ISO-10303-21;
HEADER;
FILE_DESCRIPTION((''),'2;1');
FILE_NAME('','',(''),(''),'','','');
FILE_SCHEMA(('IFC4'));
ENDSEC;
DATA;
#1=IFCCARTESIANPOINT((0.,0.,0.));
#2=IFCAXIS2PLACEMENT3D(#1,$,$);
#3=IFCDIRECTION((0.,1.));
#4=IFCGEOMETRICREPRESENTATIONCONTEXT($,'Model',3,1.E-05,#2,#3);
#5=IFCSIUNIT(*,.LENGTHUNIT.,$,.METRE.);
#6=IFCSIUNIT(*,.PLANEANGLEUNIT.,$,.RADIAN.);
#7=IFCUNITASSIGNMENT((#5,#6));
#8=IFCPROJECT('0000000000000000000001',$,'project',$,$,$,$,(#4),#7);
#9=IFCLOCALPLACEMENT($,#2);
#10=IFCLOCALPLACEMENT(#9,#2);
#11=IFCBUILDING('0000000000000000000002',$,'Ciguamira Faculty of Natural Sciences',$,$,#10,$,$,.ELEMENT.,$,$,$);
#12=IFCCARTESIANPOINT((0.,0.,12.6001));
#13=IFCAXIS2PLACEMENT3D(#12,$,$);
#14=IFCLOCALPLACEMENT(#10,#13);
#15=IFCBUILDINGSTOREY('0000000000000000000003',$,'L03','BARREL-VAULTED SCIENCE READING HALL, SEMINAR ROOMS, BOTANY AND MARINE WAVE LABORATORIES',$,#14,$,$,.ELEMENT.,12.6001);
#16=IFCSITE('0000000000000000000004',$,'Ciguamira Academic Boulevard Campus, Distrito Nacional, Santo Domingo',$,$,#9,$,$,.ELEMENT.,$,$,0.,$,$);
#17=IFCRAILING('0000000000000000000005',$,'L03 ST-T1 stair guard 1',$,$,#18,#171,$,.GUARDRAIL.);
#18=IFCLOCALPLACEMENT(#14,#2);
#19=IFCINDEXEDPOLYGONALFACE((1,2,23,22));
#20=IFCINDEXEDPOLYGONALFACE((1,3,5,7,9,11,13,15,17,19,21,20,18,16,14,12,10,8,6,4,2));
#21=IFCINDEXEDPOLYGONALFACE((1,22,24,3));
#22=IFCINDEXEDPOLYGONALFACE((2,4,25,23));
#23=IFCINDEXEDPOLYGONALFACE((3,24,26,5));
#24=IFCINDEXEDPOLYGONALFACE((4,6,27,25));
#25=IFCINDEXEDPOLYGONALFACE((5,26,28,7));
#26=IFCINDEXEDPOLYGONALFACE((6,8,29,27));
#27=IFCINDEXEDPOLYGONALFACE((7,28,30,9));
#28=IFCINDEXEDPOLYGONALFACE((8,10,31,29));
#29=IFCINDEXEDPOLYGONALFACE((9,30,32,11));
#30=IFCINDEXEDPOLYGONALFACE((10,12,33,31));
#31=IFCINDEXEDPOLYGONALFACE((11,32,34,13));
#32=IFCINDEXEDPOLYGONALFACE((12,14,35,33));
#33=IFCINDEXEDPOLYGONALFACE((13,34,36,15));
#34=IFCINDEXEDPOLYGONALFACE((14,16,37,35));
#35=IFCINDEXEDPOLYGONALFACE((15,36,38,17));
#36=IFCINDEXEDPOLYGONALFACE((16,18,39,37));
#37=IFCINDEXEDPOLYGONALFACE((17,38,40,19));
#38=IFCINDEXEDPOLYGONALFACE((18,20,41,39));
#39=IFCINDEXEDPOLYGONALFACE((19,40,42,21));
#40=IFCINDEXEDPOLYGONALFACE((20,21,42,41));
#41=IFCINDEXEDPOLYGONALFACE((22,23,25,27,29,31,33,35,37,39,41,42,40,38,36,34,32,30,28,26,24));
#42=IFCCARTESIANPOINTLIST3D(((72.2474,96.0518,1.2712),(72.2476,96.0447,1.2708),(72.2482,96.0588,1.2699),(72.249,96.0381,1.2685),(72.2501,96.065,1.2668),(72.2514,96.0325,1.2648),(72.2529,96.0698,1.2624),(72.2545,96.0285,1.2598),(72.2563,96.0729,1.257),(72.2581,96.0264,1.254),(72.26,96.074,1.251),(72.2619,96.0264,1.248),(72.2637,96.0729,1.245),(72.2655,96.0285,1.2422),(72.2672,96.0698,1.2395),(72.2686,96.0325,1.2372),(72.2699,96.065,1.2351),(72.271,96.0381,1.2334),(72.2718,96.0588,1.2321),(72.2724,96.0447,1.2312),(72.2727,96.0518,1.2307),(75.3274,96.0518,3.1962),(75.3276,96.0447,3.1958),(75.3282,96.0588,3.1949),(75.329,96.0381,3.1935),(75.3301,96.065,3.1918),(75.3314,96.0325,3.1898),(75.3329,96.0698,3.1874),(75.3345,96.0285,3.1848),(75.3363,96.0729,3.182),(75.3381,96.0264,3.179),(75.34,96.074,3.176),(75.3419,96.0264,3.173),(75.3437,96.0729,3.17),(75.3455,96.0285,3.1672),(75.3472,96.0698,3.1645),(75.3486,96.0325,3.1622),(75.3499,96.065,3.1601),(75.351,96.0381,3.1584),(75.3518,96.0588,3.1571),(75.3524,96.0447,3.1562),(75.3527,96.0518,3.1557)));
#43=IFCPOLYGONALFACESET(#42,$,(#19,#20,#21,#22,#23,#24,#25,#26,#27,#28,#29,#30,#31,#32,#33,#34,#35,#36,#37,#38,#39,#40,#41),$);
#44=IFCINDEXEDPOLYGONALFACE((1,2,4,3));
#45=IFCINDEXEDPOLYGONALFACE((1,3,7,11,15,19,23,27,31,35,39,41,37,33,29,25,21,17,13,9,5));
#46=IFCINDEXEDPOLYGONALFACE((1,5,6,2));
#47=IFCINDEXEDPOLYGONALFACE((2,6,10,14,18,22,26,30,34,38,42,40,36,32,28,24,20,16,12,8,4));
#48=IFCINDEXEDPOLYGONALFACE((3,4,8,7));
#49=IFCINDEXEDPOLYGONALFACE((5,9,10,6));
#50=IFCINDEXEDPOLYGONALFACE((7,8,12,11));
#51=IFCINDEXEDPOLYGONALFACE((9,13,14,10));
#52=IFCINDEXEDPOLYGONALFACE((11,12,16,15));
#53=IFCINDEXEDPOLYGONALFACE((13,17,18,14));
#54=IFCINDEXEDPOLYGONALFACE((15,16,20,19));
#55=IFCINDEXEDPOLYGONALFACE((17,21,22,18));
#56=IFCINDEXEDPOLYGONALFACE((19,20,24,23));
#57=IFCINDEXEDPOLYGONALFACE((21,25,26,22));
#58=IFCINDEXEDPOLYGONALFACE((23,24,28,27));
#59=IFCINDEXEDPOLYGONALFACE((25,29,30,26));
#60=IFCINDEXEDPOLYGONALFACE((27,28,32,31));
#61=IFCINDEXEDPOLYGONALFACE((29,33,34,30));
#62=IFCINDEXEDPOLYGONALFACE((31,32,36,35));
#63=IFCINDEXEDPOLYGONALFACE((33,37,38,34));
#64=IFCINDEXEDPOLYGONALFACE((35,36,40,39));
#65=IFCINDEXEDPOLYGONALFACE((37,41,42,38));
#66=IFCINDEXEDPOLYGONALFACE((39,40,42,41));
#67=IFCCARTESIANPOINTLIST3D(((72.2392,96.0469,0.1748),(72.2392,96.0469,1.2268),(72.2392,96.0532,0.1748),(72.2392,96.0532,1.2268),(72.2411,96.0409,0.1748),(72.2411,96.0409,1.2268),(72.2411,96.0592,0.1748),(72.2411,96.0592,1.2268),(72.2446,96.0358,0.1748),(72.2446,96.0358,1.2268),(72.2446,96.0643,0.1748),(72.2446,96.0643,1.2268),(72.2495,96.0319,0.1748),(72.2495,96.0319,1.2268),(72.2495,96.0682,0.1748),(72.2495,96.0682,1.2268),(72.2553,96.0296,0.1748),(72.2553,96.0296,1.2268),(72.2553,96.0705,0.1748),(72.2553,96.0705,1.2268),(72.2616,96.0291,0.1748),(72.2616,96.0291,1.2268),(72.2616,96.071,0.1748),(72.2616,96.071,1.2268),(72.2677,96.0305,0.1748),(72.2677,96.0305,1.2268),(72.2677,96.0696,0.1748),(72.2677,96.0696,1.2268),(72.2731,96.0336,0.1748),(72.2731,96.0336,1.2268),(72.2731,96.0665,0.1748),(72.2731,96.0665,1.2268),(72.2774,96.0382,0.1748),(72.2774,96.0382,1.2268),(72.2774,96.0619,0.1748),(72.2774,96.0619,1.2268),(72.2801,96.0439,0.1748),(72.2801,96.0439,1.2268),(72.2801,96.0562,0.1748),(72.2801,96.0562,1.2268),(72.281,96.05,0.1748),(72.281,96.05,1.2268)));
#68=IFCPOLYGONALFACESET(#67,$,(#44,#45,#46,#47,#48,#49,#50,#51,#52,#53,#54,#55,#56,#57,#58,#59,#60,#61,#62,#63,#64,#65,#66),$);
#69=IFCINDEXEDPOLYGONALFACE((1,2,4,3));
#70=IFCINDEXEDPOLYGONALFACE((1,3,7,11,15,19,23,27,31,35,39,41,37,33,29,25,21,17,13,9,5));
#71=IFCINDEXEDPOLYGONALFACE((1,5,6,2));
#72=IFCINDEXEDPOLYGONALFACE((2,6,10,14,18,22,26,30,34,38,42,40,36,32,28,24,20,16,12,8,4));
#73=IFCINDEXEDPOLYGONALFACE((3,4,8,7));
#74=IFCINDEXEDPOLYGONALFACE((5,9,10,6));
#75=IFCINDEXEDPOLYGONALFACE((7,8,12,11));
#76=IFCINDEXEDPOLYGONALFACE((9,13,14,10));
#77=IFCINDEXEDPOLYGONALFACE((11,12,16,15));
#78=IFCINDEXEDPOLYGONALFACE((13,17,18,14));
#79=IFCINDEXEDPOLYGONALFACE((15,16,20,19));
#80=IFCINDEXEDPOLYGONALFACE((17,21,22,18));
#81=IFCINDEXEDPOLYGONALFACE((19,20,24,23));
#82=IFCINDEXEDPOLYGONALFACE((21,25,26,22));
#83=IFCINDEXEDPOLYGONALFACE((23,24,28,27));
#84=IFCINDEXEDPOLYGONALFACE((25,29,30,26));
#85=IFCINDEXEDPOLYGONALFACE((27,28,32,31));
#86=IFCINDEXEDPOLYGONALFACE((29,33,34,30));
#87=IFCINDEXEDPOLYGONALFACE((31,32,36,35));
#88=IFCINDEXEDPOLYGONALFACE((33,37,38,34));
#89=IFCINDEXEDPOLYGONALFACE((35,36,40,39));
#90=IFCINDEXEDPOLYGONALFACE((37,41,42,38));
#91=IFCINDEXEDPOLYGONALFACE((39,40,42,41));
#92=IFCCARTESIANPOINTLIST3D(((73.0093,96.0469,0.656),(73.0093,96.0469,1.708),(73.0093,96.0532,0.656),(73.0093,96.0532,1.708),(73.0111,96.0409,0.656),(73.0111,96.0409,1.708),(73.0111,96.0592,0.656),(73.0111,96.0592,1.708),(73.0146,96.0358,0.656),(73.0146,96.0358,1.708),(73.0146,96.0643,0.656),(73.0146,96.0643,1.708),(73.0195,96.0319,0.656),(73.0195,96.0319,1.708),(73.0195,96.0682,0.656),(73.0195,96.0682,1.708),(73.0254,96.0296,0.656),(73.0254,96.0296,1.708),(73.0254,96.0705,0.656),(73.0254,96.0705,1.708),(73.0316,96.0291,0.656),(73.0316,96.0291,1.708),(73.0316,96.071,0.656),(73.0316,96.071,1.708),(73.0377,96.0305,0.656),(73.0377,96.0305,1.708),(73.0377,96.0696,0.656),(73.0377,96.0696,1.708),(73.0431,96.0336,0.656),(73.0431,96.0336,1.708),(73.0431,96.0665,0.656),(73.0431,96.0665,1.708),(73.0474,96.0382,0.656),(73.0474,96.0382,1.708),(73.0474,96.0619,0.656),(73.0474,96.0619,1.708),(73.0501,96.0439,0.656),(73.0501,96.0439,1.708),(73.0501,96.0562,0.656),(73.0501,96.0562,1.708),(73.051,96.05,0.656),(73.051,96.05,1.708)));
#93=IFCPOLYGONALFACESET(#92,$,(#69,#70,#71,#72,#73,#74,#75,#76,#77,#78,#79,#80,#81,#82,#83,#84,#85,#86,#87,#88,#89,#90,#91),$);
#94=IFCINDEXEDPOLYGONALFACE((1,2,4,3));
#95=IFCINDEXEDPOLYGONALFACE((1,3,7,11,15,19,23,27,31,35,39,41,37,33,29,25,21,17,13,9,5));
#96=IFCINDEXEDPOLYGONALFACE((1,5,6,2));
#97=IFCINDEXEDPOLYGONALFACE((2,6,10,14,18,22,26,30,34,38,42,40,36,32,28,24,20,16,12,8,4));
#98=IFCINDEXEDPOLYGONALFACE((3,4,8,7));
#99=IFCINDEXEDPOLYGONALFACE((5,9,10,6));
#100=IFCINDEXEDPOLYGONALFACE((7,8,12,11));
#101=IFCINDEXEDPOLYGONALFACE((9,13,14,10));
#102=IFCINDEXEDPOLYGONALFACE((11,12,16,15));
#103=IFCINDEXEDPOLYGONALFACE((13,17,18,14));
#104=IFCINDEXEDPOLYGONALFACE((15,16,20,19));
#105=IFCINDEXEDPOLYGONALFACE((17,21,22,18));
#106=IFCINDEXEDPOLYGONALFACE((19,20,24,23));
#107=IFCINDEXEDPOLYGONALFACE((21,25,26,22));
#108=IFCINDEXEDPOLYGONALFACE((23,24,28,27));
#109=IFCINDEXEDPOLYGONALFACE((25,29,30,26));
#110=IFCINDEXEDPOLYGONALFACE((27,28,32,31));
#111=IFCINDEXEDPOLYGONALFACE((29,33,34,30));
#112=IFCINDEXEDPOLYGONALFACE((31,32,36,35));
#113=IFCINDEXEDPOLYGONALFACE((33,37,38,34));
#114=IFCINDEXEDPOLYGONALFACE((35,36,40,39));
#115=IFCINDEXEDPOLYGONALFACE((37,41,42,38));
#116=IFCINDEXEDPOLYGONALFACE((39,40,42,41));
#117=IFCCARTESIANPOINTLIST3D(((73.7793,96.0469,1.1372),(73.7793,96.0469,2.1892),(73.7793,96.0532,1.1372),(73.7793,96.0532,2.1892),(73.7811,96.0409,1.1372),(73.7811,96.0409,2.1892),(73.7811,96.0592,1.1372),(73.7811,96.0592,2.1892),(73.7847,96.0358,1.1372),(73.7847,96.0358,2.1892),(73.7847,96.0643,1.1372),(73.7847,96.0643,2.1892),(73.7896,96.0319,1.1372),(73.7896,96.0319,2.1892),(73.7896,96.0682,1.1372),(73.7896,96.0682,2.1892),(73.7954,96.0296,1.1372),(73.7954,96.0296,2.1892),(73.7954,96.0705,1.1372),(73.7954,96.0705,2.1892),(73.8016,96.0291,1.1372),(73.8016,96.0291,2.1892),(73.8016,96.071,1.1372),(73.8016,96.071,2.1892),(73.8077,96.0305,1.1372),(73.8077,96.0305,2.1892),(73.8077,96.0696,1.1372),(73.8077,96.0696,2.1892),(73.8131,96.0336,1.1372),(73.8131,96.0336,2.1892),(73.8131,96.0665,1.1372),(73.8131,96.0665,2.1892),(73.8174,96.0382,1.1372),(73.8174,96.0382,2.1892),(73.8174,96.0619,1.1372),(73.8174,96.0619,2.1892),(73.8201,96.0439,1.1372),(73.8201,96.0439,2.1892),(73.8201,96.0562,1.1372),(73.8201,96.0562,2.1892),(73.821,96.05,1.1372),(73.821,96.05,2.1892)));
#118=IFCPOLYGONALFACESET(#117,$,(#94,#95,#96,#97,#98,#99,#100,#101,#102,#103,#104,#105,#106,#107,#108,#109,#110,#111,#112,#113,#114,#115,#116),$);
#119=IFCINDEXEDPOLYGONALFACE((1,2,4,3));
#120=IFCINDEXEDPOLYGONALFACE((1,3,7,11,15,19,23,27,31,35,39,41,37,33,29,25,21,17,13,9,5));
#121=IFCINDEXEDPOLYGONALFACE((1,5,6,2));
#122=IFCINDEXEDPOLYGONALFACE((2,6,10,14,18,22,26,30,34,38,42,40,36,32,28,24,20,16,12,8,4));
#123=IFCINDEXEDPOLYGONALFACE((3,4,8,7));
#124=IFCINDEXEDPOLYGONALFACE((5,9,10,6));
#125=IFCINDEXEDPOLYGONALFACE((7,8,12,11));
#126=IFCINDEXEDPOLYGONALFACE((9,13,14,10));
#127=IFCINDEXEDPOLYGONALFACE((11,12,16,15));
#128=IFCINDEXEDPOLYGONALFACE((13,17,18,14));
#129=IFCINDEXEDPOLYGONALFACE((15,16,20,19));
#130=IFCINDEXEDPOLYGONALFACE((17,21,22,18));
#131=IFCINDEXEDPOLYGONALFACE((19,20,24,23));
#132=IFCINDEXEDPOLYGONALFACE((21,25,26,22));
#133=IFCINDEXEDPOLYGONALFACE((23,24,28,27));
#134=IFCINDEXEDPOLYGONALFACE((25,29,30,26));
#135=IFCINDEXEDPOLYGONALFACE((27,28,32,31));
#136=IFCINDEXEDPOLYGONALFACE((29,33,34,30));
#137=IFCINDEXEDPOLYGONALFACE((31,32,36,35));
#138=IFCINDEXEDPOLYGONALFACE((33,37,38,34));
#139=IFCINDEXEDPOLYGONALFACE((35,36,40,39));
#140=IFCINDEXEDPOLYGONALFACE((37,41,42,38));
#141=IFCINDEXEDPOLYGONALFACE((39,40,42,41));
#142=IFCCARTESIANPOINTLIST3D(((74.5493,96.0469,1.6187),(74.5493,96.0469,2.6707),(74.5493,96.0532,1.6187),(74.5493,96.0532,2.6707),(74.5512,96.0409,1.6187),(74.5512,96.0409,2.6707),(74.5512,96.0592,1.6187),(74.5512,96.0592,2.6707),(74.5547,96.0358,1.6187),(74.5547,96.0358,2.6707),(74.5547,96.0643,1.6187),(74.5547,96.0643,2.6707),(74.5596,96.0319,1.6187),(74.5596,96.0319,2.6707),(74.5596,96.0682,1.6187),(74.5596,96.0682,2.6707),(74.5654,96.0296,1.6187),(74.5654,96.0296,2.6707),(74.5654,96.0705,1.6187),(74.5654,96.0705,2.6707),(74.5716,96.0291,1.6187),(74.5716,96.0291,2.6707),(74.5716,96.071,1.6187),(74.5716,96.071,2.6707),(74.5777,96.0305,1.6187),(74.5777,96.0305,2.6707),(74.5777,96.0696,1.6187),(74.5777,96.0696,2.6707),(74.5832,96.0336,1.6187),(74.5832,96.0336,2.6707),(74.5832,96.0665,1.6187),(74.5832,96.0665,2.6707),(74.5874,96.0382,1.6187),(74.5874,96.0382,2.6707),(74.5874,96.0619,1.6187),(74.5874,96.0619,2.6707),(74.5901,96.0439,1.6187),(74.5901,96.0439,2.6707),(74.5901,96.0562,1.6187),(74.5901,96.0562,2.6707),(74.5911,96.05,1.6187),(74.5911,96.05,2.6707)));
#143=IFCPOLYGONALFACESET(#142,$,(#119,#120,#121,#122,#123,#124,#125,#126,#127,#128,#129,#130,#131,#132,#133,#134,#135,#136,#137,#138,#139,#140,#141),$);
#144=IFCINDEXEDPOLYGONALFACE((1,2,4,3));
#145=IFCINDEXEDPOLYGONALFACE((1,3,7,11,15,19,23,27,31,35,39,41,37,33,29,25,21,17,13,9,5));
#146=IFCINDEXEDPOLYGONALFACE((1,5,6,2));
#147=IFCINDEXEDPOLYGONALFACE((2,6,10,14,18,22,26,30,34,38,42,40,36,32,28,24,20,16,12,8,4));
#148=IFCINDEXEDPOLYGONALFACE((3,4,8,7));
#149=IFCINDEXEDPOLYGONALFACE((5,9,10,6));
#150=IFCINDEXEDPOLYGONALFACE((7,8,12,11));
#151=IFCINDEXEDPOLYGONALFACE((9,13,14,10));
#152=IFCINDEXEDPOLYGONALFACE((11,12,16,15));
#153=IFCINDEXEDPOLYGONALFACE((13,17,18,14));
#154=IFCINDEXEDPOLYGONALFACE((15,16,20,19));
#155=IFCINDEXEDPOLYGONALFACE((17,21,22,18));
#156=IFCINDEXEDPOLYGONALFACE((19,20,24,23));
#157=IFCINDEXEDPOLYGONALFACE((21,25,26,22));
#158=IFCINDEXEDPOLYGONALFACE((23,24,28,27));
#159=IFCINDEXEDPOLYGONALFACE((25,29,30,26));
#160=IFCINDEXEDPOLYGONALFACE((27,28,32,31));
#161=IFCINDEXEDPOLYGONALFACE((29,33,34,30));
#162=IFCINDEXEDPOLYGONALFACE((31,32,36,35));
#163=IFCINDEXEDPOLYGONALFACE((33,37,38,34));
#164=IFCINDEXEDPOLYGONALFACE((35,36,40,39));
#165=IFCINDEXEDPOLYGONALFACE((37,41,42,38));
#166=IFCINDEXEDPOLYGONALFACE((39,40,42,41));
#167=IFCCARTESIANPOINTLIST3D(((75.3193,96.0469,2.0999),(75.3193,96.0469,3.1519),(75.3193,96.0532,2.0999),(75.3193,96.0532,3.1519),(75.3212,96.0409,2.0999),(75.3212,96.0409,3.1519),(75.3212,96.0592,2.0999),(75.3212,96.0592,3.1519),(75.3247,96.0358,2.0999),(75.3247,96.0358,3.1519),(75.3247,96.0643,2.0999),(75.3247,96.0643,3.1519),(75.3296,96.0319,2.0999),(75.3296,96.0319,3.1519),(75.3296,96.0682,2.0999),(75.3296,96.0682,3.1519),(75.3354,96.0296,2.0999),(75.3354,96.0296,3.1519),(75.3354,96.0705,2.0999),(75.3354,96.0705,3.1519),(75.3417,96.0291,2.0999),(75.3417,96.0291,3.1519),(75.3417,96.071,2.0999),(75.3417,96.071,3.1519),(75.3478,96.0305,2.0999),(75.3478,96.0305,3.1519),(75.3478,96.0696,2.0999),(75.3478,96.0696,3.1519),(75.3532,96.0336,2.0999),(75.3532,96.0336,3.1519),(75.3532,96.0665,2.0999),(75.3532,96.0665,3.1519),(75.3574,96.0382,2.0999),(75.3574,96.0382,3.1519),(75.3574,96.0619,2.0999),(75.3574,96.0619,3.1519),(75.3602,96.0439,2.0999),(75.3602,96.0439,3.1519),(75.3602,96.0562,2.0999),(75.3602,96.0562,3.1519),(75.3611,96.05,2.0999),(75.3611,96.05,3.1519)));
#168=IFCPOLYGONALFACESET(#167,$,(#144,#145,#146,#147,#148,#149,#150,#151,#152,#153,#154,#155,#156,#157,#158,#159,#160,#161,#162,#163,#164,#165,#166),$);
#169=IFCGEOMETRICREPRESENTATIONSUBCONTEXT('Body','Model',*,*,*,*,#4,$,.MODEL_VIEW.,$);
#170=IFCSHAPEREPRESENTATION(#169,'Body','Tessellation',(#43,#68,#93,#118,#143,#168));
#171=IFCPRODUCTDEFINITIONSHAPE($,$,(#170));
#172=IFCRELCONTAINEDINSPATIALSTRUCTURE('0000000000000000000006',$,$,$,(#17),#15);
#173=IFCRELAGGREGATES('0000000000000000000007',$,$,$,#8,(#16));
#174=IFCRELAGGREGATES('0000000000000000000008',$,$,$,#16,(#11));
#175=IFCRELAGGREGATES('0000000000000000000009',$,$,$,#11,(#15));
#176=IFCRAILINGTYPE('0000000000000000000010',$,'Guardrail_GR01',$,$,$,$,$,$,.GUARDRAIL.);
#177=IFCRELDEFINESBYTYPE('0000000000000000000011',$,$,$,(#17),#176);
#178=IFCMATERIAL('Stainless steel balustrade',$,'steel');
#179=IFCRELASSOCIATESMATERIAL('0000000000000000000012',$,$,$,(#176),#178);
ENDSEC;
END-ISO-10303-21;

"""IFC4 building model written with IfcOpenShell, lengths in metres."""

from ifc_helpers import new_model, si_unit, direction, frame, origin, origin_2d, place, context, subcontext, project, spatial, circle, extrude, material, type_object, element, save


model = new_model("IFC4")

# Units and contexts
model_context = context("Model", 3, precision=1e-05, world=origin(), true_north=direction((0.0, 1.0)))
body_context = subcontext(model_context, "Body", "Model", "MODEL_VIEW")
ifc_project = project(units=[si_unit("LENGTHUNIT", "METRE"), si_unit("PLANEANGLEUNIT", "RADIAN")], contexts=[model_context])

# Site, building, storey
site_placement = place(None, origin())
site = spatial("IfcSite", under=ifc_project, at=site_placement, Name="Ciguamira Academic Boulevard Campus, Distrito Nacional, Santo Domingo", CompositionType="ELEMENT", RefElevation=0.0)
building_placement = place(site_placement, origin())
building = spatial("IfcBuilding", under=site, at=building_placement, Name="Ciguamira Faculty of Natural Sciences", CompositionType="ELEMENT")
storey_placement = place(building_placement, frame((0.0, 0.0, 12.6001)))
storey = spatial("IfcBuildingStorey", under=building, at=storey_placement, Name="L03", Description="BARREL-VAULTED SCIENCE READING HALL, SEMINAR ROOMS, BOTANY AND MARINE WAVE LABORATORIES", CompositionType="ELEMENT", Elevation=12.6001)

# Railing
ifc_material_1 = material(Name="Stainless steel balustrade", Category="steel")
railing_type_1 = type_object("IfcRailingType", Name="Guardrail_GR01", PredefinedType="GUARDRAIL", material=ifc_material_1)
railing_1_placement = place(storey_placement, frame((72.26, 96.05, 0.1748)))
element("IfcRailing", 1, at=railing_1_placement, inside=storey, type_object=railing_type_1, Name="L03 ST-T1 stair guard 1", PredefinedType="GUARDRAIL", context=body_context, shape_type="SweptSolid", body=[
    extrude(circle(Radius=0.0239, at=origin_2d()), frame((0.0, 0.0, 1.0762), z_axis=(0.847998, 0.0, 0.529999), x_axis=(0.0, 1.0, 0.0)), (0.0, 0.0, 1.0), 3.6321),
    extrude(circle(Radius=0.021, at=origin_2d()), origin(), (0.0, 0.0, 1.0), 1.052),
    extrude(circle(Radius=0.021, at=origin_2d()), frame((0.77, 0.0, 0.4812)), (0.0, 0.0, 1.0), 1.052),
    extrude(circle(Radius=0.021, at=origin_2d()), frame((1.54, 0.0, 0.9624)), (0.0, 0.0, 1.0), 1.052),
    extrude(circle(Radius=0.021, at=origin_2d()), frame((2.3101, 0.0, 1.4438)), (0.0, 0.0, 1.0), 1.052),
    extrude(circle(Radius=0.021, at=origin_2d()), frame((3.0801, 0.0, 1.925)), (0.0, 0.0, 1.0), 1.052),
])

save(model, "model.ifc")
